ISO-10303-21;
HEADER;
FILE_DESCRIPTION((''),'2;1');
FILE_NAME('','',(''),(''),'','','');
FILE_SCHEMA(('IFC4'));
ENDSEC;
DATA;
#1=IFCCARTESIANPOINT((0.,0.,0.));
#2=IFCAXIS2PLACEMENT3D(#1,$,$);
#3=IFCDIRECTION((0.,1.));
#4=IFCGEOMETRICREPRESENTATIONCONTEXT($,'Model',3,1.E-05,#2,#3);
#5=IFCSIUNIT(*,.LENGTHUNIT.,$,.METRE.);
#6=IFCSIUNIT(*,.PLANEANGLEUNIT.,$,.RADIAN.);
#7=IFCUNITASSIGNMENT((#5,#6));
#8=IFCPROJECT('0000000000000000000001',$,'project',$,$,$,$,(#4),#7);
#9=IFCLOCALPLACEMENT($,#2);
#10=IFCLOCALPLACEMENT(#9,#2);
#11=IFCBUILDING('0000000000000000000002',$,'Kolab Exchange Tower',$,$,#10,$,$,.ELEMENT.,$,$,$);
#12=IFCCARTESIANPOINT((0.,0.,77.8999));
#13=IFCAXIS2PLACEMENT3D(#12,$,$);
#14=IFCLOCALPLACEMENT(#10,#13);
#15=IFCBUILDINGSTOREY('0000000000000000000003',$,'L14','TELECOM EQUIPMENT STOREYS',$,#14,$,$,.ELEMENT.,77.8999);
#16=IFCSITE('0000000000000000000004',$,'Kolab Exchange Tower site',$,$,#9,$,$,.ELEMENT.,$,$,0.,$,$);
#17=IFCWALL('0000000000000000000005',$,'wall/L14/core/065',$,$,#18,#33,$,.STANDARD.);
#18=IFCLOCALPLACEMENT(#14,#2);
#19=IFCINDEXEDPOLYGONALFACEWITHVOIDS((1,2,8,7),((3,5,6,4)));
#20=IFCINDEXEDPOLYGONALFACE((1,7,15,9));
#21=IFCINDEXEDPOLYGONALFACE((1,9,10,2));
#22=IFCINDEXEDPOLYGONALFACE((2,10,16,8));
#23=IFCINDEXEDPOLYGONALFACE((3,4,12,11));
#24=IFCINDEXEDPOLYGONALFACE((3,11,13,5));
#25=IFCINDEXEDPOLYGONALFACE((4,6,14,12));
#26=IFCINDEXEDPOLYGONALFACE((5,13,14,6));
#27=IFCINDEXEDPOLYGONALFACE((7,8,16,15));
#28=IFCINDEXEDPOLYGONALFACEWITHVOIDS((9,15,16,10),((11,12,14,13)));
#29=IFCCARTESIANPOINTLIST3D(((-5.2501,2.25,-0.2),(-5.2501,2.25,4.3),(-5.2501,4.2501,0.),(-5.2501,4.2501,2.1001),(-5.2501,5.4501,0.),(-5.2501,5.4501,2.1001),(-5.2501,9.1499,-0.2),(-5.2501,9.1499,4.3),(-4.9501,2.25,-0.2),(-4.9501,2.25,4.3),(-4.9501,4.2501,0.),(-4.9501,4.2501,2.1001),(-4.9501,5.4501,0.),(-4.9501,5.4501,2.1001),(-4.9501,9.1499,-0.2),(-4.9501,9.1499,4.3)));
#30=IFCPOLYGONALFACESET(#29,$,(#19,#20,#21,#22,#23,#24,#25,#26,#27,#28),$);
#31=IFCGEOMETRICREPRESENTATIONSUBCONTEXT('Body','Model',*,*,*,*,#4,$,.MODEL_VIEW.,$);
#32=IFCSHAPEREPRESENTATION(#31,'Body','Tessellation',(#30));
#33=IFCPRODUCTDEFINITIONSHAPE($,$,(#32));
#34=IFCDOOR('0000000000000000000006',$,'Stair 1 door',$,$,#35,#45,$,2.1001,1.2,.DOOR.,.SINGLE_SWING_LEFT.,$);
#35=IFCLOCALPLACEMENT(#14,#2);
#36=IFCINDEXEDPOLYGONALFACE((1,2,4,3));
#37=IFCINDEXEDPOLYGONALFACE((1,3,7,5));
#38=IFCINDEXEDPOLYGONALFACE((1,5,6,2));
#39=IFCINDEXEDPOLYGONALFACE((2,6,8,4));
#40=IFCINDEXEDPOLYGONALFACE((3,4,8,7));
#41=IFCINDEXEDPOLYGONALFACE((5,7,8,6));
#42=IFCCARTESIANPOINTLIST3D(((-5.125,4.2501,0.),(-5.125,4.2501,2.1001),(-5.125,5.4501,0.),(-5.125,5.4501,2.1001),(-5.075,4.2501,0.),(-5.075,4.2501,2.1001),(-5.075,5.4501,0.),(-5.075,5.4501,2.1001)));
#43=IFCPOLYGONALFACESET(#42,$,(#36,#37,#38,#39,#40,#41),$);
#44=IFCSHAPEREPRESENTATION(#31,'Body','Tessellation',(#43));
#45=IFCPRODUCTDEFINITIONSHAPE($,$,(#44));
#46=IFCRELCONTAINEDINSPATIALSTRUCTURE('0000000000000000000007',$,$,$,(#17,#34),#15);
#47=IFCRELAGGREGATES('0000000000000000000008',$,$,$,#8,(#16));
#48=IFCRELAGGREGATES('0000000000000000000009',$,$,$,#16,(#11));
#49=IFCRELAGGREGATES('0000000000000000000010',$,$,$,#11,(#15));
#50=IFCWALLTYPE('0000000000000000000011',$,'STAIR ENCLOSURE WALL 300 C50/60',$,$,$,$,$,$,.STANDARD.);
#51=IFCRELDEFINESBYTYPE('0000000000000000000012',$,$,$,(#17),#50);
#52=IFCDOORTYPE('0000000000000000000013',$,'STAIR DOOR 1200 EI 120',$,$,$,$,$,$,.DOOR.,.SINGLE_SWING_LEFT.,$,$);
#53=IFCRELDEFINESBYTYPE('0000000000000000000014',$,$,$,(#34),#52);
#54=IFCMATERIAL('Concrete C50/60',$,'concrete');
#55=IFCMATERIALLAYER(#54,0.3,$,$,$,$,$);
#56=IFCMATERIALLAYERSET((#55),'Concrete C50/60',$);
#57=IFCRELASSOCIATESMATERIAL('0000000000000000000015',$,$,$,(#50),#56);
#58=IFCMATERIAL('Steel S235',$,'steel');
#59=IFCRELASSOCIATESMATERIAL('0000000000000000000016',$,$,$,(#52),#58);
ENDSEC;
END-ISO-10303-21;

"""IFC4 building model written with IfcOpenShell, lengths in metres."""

from ifc_helpers import new_model, si_unit, direction, frame, frame_2d, origin, place, context, subcontext, project, spatial, rectangle, extrude, material, layer, layer_set, type_object, element, fill, save


model = new_model("IFC4")

# Units and contexts
model_context = context("Model", 3, precision=1e-05, world=origin(), true_north=direction((0.0, 1.0)))
body_context = subcontext(model_context, "Body", "Model", "MODEL_VIEW")
ifc_project = project(units=[si_unit("LENGTHUNIT", "METRE"), si_unit("PLANEANGLEUNIT", "RADIAN")], contexts=[model_context])

# Site, building, storey
site_placement = place(None, origin())
site = spatial("IfcSite", under=ifc_project, at=site_placement, Name="Kolab Exchange Tower site", CompositionType="ELEMENT", RefElevation=0.0)
building_placement = place(site_placement, origin())
building = spatial("IfcBuilding", under=site, at=building_placement, Name="Kolab Exchange Tower", CompositionType="ELEMENT")
storey_placement = place(building_placement, frame((0.0, 0.0, 77.8999)))
storey = spatial("IfcBuildingStorey", under=building, at=storey_placement, Name="L14", Description="TELECOM EQUIPMENT STOREYS", CompositionType="ELEMENT", Elevation=77.8999)

# Shared definitions
ifc_material_1 = material(Name="Concrete C50/60", Category="concrete")

# Shared definitions
ifc_material_2 = material(Name="Steel S235", Category="steel")

# Shared definitions
ifc_layer_1 = layer(ifc_material_1, 0.3)
ifc_layer_set_1 = layer_set([ifc_layer_1], Name="Concrete C50/60")
wall_type_1 = type_object("IfcWallType", Name="STAIR ENCLOSURE WALL 300 C50/60", PredefinedType="STANDARD", material=ifc_layer_set_1)

# Shared definitions
door_type_1 = type_object("IfcDoorType", Name="STAIR DOOR 1200 EI 120", OperationType="SINGLE_SWING_LEFT", PredefinedType="DOOR", material=ifc_material_2)

# Wall, opening, door
wall_1_placement = place(storey_placement, frame((-5.1001, 2.25, -0.2), z_axis=(0.0, 0.0, 1.0), x_axis=(0.0, 1.0, 0.0)))
wall_1 = element("IfcWall", 1, at=wall_1_placement, inside=storey, type_object=wall_type_1, Name="wall/L14/core/065", PredefinedType="STANDARD", context=body_context, shape_type="SweptSolid", body=[
    extrude(rectangle(XDim=6.8999, YDim=0.3, at=frame_2d((3.45, 0.0))), origin(), (0.0, 0.0, 1.0), 4.5),
])
opening_1_placement = place(wall_1_placement, frame((2.0, 0.0, 0.2)))
opening_1 = element("IfcOpeningElement", 2, at=opening_1_placement, cuts=wall_1, PredefinedType="OPENING", context=body_context, shape_type="SweptSolid", body=[
    extrude(rectangle(XDim=1.2, YDim=2.1001, at=frame_2d((0.6001, 1.05))), frame((0.0, 0.1602, 0.0), z_axis=(0.0, -1.0, 0.0), x_axis=(1.0, 0.0, 0.0)), (0.0, 0.0, 1.0), 0.3201),
])
door_1_placement = place(opening_1_placement, origin())
door_1 = element("IfcDoor", 3, at=door_1_placement, inside=storey, type_object=door_type_1, Name="Stair 1 door", OperationType="SINGLE_SWING_LEFT", OverallHeight=2.1001, OverallWidth=1.2, PredefinedType="DOOR", context=body_context, shape_type="SweptSolid", body=[
    extrude(rectangle(XDim=1.2, YDim=2.1001, at=frame_2d((0.6001, 1.05))), frame((0.0, 0.0249, 0.0), z_axis=(0.0, -1.0, 0.0), x_axis=(1.0, 0.0, 0.0)), (0.0, 0.0, 1.0), 0.05),
])
fill(opening_1, door_1)

save(model, "model.ifc")
